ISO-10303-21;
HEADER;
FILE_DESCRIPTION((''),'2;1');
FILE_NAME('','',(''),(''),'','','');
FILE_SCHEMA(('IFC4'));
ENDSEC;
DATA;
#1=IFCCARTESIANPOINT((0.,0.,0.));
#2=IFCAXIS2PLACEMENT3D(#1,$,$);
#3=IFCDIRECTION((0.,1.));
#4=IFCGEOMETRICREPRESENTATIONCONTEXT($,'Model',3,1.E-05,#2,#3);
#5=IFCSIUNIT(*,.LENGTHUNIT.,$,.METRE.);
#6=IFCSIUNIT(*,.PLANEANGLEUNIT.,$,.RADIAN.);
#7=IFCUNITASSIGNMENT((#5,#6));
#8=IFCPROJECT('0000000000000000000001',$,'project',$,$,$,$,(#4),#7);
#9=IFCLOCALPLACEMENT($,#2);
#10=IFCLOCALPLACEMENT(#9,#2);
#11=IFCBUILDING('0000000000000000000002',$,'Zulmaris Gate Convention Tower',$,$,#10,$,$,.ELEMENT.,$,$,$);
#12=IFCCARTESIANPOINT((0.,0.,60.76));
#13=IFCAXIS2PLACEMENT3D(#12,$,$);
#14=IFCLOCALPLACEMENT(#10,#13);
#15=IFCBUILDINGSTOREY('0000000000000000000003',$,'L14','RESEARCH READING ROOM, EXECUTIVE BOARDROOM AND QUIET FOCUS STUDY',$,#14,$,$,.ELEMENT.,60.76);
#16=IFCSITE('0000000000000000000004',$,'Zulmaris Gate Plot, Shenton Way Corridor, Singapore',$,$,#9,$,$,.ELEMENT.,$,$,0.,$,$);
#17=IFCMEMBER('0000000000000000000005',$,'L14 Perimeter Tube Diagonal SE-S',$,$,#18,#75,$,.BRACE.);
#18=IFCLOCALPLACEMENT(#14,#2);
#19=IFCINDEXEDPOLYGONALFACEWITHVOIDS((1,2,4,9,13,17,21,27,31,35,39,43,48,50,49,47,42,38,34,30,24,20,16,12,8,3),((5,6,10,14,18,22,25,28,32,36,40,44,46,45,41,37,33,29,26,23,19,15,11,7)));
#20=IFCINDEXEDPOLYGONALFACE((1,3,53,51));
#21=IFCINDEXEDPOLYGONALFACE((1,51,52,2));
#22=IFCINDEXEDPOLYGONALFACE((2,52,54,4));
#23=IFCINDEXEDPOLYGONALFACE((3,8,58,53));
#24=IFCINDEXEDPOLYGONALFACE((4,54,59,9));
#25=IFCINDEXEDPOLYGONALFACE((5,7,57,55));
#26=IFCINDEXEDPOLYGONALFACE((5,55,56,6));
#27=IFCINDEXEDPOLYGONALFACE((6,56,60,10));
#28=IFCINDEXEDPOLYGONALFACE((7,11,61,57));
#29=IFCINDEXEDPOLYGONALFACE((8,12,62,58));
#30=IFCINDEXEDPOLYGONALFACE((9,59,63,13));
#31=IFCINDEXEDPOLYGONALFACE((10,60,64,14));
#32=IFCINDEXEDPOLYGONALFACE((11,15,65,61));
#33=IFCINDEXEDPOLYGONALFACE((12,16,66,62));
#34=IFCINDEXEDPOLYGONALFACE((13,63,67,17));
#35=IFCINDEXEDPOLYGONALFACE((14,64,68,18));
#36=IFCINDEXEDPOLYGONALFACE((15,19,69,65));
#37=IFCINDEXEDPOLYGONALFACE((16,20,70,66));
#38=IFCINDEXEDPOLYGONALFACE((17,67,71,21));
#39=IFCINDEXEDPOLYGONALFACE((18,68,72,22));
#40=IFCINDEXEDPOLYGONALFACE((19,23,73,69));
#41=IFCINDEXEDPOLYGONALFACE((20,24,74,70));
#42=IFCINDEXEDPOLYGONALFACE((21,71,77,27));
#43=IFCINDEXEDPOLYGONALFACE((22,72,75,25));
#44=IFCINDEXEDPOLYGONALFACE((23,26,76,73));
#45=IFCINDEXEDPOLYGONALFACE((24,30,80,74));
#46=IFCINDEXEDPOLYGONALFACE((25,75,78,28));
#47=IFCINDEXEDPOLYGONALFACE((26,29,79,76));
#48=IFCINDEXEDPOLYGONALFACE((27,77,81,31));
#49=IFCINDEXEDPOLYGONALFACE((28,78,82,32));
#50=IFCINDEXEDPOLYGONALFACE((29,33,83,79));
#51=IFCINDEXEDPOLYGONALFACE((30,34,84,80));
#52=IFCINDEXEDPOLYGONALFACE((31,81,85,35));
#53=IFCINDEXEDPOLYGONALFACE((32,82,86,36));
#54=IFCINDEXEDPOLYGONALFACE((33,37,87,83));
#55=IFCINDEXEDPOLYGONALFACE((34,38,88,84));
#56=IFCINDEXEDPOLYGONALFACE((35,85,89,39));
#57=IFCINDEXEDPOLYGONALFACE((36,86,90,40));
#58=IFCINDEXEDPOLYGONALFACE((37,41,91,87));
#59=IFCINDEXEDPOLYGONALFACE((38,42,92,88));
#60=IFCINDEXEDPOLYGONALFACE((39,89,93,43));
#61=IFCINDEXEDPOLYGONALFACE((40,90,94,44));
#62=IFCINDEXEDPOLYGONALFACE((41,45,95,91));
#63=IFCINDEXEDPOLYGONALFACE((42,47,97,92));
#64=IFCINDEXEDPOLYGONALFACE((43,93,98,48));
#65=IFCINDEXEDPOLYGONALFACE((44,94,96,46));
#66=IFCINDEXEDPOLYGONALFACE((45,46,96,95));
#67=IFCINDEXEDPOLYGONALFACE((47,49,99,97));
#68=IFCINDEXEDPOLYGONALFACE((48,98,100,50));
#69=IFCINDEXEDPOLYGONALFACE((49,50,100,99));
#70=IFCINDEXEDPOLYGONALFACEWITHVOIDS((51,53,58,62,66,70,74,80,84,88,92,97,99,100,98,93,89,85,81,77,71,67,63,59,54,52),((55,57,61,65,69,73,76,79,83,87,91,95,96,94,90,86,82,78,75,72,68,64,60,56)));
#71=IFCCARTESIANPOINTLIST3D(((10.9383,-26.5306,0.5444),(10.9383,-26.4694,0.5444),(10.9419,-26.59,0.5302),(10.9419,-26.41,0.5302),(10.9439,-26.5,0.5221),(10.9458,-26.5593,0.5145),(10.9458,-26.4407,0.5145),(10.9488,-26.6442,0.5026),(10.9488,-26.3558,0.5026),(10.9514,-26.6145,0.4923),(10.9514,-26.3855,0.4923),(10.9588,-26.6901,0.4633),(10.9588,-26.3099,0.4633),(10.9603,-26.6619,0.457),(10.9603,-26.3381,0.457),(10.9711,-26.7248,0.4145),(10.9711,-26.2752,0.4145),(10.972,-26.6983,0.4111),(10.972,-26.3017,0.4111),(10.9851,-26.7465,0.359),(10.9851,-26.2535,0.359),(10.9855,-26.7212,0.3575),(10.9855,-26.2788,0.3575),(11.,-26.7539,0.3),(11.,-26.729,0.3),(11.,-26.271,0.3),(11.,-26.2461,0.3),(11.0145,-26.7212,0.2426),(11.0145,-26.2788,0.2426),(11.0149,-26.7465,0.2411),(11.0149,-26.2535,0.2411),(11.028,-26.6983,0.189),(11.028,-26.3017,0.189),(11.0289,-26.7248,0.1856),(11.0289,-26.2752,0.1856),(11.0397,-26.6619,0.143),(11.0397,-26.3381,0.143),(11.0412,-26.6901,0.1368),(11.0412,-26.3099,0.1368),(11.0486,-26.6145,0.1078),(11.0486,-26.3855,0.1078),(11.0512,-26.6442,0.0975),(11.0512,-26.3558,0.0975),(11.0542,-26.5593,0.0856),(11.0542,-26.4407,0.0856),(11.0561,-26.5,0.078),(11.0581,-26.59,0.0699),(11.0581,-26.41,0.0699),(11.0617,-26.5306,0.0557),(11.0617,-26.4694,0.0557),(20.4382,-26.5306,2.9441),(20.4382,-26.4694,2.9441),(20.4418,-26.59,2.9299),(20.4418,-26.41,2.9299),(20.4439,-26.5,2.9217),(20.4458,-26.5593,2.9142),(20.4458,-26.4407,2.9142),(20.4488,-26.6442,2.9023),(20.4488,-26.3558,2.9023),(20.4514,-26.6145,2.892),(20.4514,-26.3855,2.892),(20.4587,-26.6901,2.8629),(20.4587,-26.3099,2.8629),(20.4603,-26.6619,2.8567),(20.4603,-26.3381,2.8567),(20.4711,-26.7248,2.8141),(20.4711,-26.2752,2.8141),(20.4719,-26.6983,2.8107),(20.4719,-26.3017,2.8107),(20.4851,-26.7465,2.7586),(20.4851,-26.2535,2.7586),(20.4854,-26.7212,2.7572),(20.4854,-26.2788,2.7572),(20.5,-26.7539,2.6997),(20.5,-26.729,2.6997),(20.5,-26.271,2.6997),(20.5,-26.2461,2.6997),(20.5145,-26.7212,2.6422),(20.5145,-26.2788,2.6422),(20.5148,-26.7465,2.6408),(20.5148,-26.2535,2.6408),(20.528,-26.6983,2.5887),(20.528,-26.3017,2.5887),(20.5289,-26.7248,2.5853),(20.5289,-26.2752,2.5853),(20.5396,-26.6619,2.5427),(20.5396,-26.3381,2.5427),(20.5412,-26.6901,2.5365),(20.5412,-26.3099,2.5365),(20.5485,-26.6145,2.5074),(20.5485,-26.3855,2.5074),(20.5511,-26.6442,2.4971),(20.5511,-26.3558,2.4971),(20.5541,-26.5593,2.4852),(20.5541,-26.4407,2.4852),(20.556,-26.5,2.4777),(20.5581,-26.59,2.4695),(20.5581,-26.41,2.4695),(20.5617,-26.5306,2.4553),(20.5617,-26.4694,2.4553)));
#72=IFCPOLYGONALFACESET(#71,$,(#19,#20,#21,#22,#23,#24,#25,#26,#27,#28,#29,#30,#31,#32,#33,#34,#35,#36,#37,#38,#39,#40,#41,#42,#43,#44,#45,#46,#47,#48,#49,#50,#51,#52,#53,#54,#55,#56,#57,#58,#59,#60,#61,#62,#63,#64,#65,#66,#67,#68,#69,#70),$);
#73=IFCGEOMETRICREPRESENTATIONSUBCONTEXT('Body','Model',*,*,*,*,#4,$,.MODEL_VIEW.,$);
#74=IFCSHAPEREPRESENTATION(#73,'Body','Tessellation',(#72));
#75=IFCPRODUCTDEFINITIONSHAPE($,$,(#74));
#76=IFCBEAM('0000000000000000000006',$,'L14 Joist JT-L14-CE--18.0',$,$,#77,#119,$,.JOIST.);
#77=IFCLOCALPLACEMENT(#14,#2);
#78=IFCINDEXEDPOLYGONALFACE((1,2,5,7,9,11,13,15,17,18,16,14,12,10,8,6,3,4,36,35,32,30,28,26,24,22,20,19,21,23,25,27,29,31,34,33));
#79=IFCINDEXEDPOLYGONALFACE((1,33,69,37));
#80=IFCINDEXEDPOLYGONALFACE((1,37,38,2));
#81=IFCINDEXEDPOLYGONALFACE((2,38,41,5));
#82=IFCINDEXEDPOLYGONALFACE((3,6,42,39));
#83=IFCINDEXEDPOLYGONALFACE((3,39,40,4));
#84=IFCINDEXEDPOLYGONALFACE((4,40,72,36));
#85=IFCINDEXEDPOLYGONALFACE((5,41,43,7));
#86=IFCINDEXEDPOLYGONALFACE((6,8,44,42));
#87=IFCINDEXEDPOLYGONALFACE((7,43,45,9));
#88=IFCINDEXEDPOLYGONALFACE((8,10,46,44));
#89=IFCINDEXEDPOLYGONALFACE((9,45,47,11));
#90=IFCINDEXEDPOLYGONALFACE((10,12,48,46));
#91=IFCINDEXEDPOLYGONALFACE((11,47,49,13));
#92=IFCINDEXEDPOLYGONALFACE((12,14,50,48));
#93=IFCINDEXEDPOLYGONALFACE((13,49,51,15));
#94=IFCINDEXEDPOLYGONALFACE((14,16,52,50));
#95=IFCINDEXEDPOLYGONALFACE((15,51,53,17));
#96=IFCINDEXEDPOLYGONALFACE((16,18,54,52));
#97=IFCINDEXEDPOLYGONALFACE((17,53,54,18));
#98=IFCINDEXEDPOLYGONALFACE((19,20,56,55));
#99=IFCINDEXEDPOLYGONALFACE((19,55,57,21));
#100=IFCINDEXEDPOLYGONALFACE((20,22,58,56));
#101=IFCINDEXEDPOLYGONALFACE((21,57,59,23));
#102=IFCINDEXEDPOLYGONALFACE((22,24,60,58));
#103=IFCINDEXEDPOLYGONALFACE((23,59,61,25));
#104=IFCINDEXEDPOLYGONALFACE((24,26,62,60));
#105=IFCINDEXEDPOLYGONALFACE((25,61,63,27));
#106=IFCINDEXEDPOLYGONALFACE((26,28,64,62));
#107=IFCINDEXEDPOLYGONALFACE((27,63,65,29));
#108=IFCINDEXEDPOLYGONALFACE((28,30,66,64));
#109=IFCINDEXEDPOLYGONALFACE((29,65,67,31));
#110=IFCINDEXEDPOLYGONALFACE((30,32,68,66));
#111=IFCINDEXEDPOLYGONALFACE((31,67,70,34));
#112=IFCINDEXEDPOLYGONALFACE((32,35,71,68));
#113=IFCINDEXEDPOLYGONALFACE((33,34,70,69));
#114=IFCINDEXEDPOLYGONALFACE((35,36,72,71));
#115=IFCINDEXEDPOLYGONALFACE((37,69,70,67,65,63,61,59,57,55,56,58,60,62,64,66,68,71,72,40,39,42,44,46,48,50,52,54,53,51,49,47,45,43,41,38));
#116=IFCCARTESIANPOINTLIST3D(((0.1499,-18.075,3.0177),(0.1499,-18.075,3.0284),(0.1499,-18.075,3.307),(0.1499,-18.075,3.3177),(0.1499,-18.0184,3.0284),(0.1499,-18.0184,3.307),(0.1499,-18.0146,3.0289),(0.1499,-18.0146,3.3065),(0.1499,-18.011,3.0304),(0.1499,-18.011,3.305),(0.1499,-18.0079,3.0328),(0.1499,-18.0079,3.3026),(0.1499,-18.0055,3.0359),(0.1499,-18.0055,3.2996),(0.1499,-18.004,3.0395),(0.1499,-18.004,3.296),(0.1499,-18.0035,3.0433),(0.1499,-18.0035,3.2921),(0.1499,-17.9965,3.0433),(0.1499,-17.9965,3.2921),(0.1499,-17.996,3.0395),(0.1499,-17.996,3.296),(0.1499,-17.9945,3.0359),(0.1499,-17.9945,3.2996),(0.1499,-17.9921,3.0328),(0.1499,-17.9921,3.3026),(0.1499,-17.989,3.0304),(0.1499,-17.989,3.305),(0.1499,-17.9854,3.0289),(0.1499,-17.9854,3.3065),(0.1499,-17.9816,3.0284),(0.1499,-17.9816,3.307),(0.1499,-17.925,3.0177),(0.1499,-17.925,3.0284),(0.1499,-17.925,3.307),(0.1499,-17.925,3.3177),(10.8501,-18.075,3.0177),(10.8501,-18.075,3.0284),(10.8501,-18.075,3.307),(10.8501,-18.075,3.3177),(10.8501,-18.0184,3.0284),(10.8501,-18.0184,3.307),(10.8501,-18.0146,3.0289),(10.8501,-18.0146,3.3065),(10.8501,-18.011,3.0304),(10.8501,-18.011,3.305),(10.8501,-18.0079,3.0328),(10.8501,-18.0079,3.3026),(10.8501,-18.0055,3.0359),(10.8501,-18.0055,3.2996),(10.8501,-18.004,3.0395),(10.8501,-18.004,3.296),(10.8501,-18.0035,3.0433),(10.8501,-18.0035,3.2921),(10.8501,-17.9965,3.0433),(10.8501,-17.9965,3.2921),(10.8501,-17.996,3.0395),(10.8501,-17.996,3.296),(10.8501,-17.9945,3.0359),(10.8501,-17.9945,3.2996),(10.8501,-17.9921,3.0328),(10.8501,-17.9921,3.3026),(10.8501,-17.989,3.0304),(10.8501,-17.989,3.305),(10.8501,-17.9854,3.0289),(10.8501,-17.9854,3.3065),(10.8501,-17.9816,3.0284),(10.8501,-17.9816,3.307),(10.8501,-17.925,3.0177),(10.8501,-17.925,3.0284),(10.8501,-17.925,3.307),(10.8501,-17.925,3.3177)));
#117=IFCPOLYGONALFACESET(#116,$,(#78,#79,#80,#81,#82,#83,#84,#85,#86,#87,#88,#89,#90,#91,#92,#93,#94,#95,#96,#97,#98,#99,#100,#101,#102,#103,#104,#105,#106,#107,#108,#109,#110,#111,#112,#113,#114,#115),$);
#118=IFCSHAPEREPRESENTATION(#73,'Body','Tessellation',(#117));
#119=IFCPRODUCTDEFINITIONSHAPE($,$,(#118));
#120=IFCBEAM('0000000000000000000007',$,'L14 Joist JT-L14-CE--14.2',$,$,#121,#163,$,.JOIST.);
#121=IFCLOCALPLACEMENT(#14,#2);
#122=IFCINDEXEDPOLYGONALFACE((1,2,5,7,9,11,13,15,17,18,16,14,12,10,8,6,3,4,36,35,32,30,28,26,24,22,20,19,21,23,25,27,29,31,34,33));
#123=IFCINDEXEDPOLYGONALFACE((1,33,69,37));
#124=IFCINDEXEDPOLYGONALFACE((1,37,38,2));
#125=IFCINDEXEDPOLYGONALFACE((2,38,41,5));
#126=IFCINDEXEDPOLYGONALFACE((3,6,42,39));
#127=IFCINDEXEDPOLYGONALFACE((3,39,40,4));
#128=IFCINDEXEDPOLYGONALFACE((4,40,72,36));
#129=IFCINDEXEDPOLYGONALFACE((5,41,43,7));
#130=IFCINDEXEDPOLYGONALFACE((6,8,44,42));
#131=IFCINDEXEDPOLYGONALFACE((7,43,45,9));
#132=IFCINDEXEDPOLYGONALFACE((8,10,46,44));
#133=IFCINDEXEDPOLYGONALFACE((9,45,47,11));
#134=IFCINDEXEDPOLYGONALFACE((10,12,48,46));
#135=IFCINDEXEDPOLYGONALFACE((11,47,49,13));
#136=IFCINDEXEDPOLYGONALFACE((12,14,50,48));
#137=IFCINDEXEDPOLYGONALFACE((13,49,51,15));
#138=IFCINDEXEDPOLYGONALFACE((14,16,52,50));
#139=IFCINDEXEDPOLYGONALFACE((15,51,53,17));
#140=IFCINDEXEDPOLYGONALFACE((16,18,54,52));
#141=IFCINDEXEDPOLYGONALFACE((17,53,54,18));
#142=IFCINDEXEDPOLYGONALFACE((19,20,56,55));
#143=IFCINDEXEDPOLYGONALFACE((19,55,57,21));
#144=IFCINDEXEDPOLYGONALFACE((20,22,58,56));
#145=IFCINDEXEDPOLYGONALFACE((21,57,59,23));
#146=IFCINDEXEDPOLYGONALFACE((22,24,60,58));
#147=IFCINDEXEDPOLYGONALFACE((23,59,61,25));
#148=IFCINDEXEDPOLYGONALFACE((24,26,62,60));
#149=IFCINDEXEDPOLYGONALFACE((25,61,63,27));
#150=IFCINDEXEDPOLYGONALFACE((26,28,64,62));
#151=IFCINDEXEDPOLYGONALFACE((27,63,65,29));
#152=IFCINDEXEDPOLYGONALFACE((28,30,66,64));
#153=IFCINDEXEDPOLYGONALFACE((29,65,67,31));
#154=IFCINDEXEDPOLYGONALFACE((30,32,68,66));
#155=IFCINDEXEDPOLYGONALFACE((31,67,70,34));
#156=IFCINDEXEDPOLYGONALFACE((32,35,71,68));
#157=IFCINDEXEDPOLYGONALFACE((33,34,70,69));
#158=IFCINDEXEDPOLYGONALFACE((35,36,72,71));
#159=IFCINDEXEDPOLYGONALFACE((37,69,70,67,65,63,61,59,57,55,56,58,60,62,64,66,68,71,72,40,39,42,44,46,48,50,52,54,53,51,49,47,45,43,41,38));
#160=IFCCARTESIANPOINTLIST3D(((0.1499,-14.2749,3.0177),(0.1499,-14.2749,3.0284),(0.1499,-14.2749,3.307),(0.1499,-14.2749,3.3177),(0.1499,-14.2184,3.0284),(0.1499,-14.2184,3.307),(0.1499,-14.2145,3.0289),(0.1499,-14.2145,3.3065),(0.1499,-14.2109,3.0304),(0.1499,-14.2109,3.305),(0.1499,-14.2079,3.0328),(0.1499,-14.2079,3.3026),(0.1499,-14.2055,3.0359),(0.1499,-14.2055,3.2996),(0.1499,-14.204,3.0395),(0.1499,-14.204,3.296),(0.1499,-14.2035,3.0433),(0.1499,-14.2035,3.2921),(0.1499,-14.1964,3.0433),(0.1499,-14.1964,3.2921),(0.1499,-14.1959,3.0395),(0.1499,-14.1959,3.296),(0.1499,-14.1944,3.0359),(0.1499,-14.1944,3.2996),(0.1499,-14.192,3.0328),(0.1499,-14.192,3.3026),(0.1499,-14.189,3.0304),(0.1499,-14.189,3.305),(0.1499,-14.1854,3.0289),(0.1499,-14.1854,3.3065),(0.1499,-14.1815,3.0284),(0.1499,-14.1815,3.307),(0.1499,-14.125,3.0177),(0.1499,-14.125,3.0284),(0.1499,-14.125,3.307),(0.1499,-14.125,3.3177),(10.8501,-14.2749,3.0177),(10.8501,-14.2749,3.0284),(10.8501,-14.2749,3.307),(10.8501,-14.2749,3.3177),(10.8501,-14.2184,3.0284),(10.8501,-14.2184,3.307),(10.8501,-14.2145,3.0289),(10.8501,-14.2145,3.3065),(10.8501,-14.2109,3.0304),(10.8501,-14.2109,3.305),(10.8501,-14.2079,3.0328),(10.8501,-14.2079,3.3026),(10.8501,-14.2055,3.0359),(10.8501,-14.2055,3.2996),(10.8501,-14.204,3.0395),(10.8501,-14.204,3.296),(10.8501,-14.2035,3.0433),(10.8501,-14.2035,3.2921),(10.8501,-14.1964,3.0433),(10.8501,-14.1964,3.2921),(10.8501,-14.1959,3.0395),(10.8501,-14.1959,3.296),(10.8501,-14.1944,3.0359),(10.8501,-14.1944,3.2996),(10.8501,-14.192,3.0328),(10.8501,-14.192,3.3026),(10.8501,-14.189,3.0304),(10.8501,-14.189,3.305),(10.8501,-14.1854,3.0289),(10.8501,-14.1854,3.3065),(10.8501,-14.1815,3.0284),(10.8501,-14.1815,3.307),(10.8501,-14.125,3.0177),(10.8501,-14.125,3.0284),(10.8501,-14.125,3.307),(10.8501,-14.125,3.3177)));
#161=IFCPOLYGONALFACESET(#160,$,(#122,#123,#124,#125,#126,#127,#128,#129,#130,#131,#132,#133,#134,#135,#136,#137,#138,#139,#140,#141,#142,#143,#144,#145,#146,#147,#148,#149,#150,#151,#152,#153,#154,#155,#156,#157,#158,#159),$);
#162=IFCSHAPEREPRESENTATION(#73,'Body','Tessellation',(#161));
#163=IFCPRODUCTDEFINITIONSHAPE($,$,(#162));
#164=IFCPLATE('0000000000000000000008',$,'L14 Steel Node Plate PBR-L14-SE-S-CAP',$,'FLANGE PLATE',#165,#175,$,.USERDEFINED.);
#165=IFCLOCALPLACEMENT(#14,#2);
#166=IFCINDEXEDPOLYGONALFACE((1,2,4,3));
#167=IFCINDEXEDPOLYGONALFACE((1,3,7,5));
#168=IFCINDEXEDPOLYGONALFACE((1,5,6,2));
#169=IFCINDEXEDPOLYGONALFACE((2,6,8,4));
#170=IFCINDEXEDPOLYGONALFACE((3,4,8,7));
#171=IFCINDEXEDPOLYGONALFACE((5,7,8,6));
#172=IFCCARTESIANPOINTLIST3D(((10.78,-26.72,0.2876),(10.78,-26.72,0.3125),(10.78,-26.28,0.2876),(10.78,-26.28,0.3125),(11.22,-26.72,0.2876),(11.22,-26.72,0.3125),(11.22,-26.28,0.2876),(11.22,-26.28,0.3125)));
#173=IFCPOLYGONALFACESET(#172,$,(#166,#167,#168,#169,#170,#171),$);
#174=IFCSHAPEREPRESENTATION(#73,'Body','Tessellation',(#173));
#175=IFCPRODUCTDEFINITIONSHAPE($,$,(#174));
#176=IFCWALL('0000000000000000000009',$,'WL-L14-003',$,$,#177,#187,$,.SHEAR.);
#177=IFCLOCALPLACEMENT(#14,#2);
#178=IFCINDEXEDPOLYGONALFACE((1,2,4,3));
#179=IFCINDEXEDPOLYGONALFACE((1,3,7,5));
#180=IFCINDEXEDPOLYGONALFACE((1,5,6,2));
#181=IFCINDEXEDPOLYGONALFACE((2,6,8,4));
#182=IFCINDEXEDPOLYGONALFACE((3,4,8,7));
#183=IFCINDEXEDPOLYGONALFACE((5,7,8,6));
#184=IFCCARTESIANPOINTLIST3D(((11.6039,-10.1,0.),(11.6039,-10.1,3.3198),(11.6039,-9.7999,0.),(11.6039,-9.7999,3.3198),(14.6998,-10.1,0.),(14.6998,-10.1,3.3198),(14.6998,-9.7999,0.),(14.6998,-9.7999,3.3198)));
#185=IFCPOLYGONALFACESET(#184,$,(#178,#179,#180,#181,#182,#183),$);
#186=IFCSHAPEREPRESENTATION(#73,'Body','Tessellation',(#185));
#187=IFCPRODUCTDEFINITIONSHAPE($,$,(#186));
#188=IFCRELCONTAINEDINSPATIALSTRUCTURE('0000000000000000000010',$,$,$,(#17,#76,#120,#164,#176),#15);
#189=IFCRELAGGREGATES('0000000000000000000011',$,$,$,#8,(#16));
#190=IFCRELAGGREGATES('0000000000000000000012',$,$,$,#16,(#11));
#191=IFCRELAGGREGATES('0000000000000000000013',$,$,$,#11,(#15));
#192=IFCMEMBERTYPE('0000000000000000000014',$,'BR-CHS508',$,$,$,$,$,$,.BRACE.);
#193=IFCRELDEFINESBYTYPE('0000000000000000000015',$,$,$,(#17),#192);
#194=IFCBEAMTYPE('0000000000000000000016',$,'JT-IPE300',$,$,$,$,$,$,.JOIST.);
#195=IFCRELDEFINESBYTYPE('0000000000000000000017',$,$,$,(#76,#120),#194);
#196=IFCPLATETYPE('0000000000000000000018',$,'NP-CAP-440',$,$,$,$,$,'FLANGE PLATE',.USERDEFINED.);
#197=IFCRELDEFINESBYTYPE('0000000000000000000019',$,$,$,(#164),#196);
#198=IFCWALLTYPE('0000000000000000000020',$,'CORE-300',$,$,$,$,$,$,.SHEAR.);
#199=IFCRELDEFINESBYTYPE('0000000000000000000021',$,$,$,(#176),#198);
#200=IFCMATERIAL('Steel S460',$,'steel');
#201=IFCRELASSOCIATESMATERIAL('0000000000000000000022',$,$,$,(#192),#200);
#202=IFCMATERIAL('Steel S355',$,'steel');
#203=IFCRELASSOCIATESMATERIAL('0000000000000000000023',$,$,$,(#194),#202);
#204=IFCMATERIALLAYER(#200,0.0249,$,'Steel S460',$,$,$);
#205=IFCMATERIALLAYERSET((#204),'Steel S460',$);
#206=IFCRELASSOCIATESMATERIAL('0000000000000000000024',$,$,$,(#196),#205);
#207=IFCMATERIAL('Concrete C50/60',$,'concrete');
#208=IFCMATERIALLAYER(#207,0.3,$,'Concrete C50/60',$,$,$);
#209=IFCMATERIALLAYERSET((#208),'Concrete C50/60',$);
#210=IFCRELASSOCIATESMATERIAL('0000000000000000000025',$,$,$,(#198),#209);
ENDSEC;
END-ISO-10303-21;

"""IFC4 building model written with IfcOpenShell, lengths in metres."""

from ifc_helpers import new_model, si_unit, direction, frame, frame_2d, origin, origin_2d, place, context, subcontext, project, spatial, rectangle, hollow_circle, i_section, extrude, material, layer, layer_set, material_profile, profile_set, type_object, element, save


model = new_model("IFC4")

# Units and contexts
model_context = context("Model", 3, precision=1e-05, world=origin(), true_north=direction((0.0, 1.0)))
body_context = subcontext(model_context, "Body", "Model", "MODEL_VIEW")
ifc_project = project(units=[si_unit("LENGTHUNIT", "METRE"), si_unit("PLANEANGLEUNIT", "RADIAN")], contexts=[model_context])

# Site, building, storey
site_placement = place(None, origin())
site = spatial("IfcSite", under=ifc_project, at=site_placement, Name="Zulmaris Gate Plot, Shenton Way Corridor, Singapore", CompositionType="ELEMENT", RefElevation=0.0)
building_placement = place(site_placement, origin())
building = spatial("IfcBuilding", under=site, at=building_placement, Name="Zulmaris Gate Convention Tower", CompositionType="ELEMENT")
storey_placement = place(building_placement, frame((0.0, 0.0, 60.76)))
storey = spatial("IfcBuildingStorey", under=building, at=storey_placement, Name="L14", Description="RESEARCH READING ROOM, EXECUTIVE BOARDROOM AND QUIET FOCUS STUDY", CompositionType="ELEMENT", Elevation=60.76)

# Shared definitions
ifc_material_1 = material(Name="Steel S355", Category="steel")

# Member
ifc_material_2 = material(Name="Steel S460", Category="steel")
ifc_material_profile_1 = material_profile(ifc_material_2, hollow_circle(Radius=0.2539, WallThickness=0.0249, at=origin_2d()), Name="CHS 508x25")
ifc_profile_set_1 = profile_set([ifc_material_profile_1], Name="Steel S460")
member_type = type_object("IfcMemberType", Name="BR-CHS508", PredefinedType="BRACE", material=ifc_profile_set_1)
member_placement = place(storey_placement, frame((11.0, -26.5, 0.3), z_axis=(0.969547, 0.0, 0.244903), x_axis=(0.0, 1.0, 0.0)))
element("IfcMember", 1, at=member_placement, inside=storey, type_object=member_type, Name="L14 Perimeter Tube Diagonal SE-S", PredefinedType="BRACE", context=body_context, shape_type="SweptSolid", body=[
    extrude(hollow_circle(Radius=0.2539, WallThickness=0.0249, at=origin_2d()), origin(), (0.0, 0.0, 1.0), 9.7983),
])

# Beams
ifc_material_profile_2 = material_profile(ifc_material_1, i_section(OverallWidth=0.1499, OverallDepth=0.3, WebThickness=0.0071, FlangeThickness=0.0107, FilletRadius=0.0149, at=origin_2d()), Name="IPE 300")
ifc_profile_set_2 = profile_set([ifc_material_profile_2], Name="Steel S355")
beam_type_1 = type_object("IfcBeamType", Name="JT-IPE300", PredefinedType="JOIST", material=ifc_profile_set_2)
for number, where, z_axis, x_axis, name in (
    (2, (0.1499, -18.0, 3.1677), (1.0, 0.0, 0.0), (0.0, 1.0, 0.0), "L14 Joist JT-L14-CE--18.0"),
    (3, (0.1499, -14.2, 3.1677), (1.0, 0.0, 0.0), (0.0, 1.0, 0.0), "L14 Joist JT-L14-CE--14.2"),
):
    element("IfcBeam", number, at=place(storey_placement, frame(where, z_axis=z_axis, x_axis=x_axis)), inside=storey, type_object=beam_type_1, Name=name, PredefinedType="JOIST", context=body_context, shape_type="SweptSolid", body=[
        extrude(i_section(OverallWidth=0.1499, OverallDepth=0.3, WebThickness=0.0071, FlangeThickness=0.0107, FilletRadius=0.0149, at=origin_2d()), origin(), (0.0, 0.0, 1.0), 10.7002),
    ])

# Plate
ifc_layer_1 = layer(ifc_material_2, 0.0249, Name="Steel S460")
ifc_layer_set_1 = layer_set([ifc_layer_1], Name="Steel S460")
plate_type = type_object("IfcPlateType", Name="NP-CAP-440", ElementType="FLANGE PLATE", PredefinedType="USERDEFINED", material=ifc_layer_set_1)
plate_placement = place(storey_placement, frame((11.0, -26.5, 0.2876), z_axis=(0.0, 0.0, 1.0), x_axis=(1.0, 0.0, 0.0)))
element("IfcPlate", 4, at=plate_placement, inside=storey, type_object=plate_type, Name="L14 Steel Node Plate PBR-L14-SE-S-CAP", ObjectType="FLANGE PLATE", PredefinedType="USERDEFINED", context=body_context, shape_type="SweptSolid", body=[
    extrude(rectangle(XDim=0.4399, YDim=0.4399, at=origin_2d()), origin(), (0.0, 0.0, 1.0), 0.0249),
])

# Wall
ifc_material_3 = material(Name="Concrete C50/60", Category="concrete")
ifc_layer_2 = layer(ifc_material_3, 0.3, Name="Concrete C50/60")
ifc_layer_set_2 = layer_set([ifc_layer_2], Name="Concrete C50/60")
wall_type_1 = type_object("IfcWallType", Name="CORE-300", PredefinedType="SHEAR", material=ifc_layer_set_2)
wall_1_placement = place(storey_placement, frame((11.604, -9.95, 0.0), z_axis=(0.0, 0.0, 1.0), x_axis=(1.0, 0.0, 0.0)))
element("IfcWall", 5, at=wall_1_placement, inside=storey, type_object=wall_type_1, Name="WL-L14-003", PredefinedType="SHEAR", context=body_context, shape_type="SweptSolid", body=[
    extrude(rectangle(XDim=3.0959, YDim=0.3, at=frame_2d((1.5479, 0.0))), origin(), (0.0, 0.0, 1.0), 3.3198),
])

save(model, "model.ifc")
